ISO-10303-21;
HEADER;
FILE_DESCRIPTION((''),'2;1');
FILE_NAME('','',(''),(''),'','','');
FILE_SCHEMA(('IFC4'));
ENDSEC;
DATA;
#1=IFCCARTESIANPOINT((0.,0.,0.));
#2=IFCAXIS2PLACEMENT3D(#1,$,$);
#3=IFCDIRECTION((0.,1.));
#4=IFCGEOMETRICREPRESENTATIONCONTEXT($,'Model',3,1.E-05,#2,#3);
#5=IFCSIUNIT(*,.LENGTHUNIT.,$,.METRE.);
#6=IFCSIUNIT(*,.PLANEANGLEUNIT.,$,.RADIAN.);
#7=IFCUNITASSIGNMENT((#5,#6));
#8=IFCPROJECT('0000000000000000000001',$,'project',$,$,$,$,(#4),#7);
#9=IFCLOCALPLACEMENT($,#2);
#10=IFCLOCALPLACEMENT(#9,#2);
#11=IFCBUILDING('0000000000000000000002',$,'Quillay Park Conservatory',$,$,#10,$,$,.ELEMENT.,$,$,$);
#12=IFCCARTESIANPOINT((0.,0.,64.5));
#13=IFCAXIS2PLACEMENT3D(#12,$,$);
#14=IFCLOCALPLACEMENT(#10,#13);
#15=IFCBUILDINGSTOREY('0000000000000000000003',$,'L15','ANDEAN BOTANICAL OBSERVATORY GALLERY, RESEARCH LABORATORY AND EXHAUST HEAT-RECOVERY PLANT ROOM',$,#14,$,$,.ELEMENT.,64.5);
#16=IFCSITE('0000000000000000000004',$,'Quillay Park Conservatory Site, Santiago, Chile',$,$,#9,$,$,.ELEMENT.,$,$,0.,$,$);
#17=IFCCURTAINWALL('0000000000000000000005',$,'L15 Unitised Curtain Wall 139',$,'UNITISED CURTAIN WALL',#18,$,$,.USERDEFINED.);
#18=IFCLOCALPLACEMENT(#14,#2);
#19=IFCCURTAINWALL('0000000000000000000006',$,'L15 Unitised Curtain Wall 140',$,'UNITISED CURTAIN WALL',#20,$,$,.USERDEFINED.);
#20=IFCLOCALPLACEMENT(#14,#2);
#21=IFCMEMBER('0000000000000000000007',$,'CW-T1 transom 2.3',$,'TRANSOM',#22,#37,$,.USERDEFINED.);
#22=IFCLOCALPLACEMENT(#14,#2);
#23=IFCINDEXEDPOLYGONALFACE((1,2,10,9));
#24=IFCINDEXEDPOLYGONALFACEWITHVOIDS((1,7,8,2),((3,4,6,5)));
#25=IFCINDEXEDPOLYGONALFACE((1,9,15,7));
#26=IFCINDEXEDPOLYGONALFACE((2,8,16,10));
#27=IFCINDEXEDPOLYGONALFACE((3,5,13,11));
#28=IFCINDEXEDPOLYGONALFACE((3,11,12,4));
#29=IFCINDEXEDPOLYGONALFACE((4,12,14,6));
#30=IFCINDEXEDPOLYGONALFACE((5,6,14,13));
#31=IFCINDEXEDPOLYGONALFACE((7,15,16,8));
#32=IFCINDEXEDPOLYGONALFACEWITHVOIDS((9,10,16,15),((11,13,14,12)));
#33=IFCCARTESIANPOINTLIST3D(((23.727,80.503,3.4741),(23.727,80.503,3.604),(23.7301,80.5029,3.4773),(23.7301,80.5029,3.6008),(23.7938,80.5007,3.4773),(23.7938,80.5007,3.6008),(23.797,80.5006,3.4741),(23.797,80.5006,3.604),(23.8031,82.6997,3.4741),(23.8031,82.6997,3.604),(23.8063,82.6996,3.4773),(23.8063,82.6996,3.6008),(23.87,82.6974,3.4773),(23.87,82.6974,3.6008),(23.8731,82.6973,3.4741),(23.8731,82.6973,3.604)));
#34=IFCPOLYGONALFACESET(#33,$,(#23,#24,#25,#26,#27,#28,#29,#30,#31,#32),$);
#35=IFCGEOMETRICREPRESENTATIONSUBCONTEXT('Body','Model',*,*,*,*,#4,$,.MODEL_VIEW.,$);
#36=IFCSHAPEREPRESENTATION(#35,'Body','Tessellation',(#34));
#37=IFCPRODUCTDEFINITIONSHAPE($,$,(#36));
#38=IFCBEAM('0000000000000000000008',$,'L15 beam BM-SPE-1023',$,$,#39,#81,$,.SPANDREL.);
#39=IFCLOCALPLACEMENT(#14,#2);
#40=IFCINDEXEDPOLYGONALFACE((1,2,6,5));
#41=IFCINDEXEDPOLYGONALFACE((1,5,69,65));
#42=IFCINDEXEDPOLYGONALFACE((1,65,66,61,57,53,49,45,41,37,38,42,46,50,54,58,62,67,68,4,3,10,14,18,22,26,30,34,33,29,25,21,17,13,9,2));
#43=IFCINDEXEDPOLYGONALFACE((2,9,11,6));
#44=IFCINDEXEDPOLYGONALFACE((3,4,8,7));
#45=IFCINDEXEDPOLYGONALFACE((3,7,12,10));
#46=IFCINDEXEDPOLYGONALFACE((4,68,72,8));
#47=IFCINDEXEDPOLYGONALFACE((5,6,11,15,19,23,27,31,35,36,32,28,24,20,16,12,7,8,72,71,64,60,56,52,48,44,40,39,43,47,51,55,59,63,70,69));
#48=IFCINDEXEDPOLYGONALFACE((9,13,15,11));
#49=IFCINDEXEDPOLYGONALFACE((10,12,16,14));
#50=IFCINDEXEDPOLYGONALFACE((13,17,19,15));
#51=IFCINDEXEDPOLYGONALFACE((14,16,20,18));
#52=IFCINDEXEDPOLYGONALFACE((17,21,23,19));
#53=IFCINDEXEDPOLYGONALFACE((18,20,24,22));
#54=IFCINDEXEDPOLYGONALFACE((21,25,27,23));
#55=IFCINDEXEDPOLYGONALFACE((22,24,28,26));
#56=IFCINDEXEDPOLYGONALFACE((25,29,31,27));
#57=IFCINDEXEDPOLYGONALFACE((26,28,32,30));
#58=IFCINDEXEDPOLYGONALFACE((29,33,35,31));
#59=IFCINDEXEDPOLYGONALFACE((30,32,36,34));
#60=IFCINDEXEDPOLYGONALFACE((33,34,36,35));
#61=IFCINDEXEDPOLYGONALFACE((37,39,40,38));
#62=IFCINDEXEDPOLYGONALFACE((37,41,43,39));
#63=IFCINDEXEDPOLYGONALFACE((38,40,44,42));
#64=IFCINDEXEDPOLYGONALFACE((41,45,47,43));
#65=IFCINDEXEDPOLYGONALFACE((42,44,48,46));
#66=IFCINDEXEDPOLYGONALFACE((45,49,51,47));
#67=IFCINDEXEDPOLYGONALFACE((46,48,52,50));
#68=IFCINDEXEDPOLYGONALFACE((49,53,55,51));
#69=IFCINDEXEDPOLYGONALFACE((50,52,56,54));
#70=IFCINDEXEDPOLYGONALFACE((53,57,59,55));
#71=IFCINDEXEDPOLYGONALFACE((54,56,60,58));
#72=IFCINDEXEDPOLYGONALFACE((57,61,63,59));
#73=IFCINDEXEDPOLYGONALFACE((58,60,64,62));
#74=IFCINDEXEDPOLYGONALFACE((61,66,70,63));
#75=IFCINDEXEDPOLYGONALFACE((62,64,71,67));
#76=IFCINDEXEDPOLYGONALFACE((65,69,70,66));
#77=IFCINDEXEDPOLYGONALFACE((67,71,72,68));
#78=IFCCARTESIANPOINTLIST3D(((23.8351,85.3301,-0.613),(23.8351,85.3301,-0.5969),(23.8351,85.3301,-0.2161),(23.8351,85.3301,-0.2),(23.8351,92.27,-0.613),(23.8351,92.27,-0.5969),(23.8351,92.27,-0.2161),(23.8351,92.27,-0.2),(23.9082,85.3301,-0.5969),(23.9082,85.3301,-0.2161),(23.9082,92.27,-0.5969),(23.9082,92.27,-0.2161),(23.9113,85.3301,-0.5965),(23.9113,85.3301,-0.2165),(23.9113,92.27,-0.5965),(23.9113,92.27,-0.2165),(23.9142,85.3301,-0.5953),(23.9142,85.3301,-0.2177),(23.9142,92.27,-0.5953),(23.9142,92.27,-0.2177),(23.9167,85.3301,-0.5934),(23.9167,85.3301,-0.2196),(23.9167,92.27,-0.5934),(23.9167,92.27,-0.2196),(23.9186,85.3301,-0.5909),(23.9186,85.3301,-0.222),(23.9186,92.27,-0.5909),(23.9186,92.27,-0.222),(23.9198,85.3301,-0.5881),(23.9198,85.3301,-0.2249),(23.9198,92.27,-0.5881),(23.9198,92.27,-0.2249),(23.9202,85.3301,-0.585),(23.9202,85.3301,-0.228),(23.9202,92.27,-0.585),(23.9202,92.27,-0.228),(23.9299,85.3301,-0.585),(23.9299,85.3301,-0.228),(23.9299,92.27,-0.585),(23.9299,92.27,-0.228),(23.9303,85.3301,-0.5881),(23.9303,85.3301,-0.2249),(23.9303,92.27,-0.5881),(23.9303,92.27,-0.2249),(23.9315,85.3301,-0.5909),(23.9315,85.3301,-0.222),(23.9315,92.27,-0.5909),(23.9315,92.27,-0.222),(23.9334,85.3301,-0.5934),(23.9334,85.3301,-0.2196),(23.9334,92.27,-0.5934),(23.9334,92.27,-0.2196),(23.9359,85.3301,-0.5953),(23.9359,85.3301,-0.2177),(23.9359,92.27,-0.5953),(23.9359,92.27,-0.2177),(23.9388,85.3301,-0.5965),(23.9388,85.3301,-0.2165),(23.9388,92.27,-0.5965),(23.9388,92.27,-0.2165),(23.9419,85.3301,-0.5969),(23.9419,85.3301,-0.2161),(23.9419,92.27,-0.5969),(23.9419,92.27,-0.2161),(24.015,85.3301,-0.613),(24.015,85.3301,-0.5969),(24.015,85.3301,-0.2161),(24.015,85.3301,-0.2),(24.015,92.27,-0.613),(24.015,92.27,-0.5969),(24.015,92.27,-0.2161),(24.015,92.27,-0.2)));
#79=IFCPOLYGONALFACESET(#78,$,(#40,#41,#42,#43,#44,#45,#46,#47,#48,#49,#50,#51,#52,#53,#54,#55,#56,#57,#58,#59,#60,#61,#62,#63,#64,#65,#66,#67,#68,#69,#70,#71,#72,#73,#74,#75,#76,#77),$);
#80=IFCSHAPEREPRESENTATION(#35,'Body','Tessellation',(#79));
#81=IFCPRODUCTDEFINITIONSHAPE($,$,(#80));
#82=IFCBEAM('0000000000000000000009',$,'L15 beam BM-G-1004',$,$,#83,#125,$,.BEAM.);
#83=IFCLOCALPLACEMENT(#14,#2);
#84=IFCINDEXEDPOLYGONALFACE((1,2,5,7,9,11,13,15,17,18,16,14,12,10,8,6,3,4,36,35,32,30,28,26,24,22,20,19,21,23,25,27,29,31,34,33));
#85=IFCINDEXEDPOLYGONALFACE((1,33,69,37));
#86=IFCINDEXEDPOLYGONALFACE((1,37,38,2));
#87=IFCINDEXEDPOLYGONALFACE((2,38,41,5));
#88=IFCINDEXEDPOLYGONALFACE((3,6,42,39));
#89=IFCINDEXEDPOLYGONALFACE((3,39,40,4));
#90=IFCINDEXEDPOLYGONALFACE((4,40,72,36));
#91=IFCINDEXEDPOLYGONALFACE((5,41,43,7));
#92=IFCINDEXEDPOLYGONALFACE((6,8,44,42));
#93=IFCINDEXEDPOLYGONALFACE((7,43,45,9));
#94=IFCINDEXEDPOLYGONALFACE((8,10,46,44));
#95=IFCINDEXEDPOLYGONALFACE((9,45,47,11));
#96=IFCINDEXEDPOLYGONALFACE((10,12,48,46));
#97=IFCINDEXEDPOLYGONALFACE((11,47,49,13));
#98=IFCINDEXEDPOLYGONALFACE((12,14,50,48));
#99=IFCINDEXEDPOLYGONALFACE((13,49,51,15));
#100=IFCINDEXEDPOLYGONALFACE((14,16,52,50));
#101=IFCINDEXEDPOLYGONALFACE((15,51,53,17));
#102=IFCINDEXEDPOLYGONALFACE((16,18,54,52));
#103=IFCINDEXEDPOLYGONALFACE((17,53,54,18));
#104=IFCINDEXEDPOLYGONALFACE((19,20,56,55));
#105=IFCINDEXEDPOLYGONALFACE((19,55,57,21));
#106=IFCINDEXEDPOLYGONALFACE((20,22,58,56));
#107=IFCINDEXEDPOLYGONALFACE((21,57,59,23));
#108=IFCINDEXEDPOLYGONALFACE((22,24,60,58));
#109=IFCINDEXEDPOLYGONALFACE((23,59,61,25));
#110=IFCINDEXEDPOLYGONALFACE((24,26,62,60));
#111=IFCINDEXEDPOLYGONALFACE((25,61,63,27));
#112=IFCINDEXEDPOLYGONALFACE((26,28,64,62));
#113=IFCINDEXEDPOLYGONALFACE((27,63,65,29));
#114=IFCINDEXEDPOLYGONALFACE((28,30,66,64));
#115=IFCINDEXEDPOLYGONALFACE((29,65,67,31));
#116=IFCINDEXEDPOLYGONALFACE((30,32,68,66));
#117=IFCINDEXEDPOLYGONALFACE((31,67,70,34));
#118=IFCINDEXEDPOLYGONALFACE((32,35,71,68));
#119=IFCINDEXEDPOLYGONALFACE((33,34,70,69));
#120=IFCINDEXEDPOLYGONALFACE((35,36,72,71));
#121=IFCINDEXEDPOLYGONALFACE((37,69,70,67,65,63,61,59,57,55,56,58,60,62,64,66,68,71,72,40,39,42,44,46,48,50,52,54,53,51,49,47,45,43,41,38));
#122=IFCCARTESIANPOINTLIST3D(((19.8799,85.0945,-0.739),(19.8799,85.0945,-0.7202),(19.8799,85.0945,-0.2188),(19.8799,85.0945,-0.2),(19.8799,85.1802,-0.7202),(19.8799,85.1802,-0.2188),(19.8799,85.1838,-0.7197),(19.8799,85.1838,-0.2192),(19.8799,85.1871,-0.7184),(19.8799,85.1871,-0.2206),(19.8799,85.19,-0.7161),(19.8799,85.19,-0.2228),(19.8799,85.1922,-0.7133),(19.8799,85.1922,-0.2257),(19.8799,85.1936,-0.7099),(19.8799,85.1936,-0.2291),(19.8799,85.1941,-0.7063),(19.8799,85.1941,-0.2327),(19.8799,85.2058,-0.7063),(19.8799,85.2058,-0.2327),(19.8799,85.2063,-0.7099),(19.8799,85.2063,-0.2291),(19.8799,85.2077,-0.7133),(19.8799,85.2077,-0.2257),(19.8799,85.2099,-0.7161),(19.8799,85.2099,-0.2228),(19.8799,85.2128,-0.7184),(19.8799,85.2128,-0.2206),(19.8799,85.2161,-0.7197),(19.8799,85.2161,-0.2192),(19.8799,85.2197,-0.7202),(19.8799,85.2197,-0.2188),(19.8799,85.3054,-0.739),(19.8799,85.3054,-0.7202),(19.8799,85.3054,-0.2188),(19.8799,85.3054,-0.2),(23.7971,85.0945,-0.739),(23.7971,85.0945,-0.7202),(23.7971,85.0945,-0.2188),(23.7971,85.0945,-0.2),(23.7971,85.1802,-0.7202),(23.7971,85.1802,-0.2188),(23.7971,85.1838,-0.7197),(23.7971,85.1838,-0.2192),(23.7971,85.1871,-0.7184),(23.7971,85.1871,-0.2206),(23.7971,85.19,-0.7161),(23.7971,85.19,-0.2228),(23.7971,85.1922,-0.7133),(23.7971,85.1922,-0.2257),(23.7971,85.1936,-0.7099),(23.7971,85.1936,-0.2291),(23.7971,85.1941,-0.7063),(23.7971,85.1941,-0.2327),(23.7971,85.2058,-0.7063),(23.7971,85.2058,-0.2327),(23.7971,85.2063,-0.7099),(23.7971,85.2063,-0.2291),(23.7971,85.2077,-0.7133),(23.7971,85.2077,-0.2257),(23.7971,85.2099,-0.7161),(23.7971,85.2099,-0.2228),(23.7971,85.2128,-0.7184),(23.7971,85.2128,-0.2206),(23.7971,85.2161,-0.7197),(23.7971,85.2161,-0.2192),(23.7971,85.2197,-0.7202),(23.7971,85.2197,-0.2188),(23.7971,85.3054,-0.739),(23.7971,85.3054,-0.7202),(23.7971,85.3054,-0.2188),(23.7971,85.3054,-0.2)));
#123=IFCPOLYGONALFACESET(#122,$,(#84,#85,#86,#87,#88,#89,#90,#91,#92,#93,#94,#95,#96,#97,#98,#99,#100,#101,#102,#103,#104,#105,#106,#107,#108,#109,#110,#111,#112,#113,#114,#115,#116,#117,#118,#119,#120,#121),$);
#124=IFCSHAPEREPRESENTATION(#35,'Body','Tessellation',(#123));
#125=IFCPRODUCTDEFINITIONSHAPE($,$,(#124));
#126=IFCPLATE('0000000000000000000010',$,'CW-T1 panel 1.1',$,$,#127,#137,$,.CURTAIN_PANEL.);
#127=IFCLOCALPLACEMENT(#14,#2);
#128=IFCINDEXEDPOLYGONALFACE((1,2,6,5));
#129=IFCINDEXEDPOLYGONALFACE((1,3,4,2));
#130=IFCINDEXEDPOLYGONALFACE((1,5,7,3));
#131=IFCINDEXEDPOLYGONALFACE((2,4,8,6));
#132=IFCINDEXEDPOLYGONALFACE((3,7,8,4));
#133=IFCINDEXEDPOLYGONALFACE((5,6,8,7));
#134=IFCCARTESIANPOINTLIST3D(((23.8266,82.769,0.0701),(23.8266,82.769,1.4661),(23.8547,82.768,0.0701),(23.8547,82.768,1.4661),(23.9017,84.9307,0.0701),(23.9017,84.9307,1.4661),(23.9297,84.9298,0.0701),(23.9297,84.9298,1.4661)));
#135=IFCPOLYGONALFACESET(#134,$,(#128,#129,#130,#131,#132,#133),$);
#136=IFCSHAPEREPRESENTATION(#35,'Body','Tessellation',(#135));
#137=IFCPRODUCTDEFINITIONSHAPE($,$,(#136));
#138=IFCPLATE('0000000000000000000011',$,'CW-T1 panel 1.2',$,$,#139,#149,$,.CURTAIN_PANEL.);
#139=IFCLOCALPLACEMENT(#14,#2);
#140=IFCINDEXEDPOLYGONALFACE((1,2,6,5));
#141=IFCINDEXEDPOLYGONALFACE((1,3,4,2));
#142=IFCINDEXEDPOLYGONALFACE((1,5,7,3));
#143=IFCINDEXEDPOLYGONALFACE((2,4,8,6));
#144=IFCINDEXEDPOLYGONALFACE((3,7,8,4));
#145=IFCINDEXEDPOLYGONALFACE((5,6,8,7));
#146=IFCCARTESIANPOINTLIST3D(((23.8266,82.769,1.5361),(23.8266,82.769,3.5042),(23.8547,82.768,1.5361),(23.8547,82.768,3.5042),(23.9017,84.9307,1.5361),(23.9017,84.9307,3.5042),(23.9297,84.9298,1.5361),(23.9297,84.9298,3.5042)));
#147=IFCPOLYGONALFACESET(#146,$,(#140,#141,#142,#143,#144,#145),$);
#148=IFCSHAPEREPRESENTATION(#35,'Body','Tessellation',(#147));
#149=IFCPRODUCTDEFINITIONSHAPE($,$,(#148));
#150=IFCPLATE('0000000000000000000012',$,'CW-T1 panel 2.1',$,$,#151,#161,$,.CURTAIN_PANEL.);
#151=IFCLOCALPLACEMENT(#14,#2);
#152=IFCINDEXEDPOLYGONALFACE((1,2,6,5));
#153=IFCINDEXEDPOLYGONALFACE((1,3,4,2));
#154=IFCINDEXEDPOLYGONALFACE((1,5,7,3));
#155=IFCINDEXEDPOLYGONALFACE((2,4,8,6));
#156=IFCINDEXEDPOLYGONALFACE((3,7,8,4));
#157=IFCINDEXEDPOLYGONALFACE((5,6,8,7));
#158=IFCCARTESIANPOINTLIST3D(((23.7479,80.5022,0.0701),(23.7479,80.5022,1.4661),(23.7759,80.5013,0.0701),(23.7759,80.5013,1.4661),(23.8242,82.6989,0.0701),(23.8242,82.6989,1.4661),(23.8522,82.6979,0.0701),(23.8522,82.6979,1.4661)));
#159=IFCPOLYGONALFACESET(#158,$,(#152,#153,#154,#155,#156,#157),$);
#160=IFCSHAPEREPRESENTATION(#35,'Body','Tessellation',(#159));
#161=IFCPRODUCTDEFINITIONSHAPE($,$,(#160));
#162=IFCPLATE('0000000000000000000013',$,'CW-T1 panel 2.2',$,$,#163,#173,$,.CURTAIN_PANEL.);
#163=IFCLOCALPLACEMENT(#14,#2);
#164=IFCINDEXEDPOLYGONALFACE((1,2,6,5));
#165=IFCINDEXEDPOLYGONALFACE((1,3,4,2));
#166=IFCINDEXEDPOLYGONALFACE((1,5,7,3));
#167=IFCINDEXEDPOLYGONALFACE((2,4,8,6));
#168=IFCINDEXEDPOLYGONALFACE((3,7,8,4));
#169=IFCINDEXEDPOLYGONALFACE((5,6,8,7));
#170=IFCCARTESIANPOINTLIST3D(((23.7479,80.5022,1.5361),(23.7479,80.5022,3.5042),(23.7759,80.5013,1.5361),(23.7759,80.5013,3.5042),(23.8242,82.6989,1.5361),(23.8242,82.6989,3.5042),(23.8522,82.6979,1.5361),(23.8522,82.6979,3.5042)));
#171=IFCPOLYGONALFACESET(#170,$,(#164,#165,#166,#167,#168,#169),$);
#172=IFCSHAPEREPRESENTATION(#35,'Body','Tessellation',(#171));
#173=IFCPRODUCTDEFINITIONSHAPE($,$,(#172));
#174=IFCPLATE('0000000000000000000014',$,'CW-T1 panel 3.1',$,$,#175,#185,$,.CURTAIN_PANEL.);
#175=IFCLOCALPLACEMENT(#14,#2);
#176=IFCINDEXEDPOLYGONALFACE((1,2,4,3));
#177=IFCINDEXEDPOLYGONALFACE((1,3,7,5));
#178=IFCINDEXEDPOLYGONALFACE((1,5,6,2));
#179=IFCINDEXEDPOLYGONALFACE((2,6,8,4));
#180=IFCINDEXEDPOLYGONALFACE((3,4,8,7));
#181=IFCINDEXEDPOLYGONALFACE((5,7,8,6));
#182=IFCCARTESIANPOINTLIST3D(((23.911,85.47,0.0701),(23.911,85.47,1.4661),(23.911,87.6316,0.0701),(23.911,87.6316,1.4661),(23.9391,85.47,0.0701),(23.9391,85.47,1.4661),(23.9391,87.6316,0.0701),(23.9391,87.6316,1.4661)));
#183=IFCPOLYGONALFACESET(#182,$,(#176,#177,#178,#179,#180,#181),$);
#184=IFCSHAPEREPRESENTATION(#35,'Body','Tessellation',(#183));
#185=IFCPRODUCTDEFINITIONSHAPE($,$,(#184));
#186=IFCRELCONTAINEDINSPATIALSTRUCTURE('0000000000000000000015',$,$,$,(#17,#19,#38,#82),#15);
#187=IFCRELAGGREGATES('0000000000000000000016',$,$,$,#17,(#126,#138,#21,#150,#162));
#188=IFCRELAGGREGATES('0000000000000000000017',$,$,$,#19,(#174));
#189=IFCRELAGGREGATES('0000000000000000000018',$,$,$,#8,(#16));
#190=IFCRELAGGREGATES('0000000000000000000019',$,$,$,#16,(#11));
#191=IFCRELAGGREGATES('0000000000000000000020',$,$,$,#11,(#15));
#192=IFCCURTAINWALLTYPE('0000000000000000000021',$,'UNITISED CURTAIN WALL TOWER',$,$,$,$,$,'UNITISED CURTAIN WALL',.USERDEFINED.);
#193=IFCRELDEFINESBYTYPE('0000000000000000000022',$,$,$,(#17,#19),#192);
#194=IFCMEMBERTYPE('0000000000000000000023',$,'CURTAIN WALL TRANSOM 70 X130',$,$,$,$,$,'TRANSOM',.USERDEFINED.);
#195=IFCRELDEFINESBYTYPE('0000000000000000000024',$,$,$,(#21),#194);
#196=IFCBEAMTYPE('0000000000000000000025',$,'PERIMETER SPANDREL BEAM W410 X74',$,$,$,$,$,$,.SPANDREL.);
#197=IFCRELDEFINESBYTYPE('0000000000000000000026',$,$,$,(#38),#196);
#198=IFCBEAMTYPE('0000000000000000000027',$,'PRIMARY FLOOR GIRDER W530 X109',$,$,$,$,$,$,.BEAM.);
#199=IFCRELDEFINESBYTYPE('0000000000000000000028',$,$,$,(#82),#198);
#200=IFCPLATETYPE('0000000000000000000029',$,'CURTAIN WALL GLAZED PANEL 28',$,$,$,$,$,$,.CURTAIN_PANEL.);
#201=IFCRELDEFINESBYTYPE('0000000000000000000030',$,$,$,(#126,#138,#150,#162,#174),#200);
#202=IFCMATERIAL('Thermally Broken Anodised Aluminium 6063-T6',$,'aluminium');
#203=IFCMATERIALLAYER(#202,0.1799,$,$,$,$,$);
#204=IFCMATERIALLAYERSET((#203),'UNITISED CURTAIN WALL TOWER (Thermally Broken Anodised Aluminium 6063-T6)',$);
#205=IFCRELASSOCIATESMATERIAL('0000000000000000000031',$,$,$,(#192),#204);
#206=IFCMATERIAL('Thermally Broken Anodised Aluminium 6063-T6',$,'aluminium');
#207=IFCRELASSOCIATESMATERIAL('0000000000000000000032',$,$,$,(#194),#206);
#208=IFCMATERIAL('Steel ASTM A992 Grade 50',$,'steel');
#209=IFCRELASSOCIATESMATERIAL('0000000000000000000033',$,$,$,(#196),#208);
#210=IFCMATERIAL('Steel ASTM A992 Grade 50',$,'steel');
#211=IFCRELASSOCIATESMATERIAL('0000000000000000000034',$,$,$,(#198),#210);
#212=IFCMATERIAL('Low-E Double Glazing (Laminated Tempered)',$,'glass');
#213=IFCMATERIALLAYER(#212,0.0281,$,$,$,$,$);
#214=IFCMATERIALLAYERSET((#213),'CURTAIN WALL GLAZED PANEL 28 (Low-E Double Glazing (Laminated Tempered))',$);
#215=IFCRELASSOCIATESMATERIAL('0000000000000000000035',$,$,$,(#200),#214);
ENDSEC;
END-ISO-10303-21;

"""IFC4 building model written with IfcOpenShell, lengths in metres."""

from ifc_helpers import new_model, si_unit, direction, frame, origin, origin_2d, place, context, subcontext, project, spatial, rectangle, hollow_rectangle, i_section, extrude, material, layer, layer_set, material_profile, profile_set, type_object, element, aggregate, save


model = new_model("IFC4")

# Units and contexts
model_context = context("Model", 3, precision=1e-05, world=origin(), true_north=direction((0.0, 1.0)))
body_context = subcontext(model_context, "Body", "Model", "MODEL_VIEW")
ifc_project = project(units=[si_unit("LENGTHUNIT", "METRE"), si_unit("PLANEANGLEUNIT", "RADIAN")], contexts=[model_context])

# Site, building, storey
site_placement = place(None, origin())
site = spatial("IfcSite", under=ifc_project, at=site_placement, Name="Quillay Park Conservatory Site, Santiago, Chile", CompositionType="ELEMENT", RefElevation=0.0)
building_placement = place(site_placement, origin())
building = spatial("IfcBuilding", under=site, at=building_placement, Name="Quillay Park Conservatory", CompositionType="ELEMENT")
storey_placement = place(building_placement, frame((0.0, 0.0, 64.5)))
storey = spatial("IfcBuildingStorey", under=building, at=storey_placement, Name="L15", Description="ANDEAN BOTANICAL OBSERVATORY GALLERY, RESEARCH LABORATORY AND EXHAUST HEAT-RECOVERY PLANT ROOM", CompositionType="ELEMENT", Elevation=64.5)

# Curtain wall
ifc_material_1 = material(Name="Thermally Broken Anodised Aluminium 6063-T6", Category="aluminium")
ifc_layer_1 = layer(ifc_material_1, 0.1799)
ifc_layer_set_1 = layer_set([ifc_layer_1], Name="UNITISED CURTAIN WALL TOWER (Thermally Broken Anodised Aluminium 6063-T6)")
curtain_wall_type = type_object("IfcCurtainWallType", Name="UNITISED CURTAIN WALL TOWER", ElementType="UNITISED CURTAIN WALL", PredefinedType="USERDEFINED", material=ifc_layer_set_1)
curtain_wall_1_placement = place(storey_placement, origin())
curtain_wall_1 = element("IfcCurtainWall", 1, at=curtain_wall_1_placement, inside=storey, type_object=curtain_wall_type, Name="L15 Unitised Curtain Wall 139", ObjectType="UNITISED CURTAIN WALL", PredefinedType="USERDEFINED")

# Curtain wall
curtain_wall_2_placement = place(storey_placement, origin())
curtain_wall_2 = element("IfcCurtainWall", 2, at=curtain_wall_2_placement, inside=storey, type_object=curtain_wall_type, Name="L15 Unitised Curtain Wall 140", ObjectType="UNITISED CURTAIN WALL", PredefinedType="USERDEFINED")

# Member
ifc_material_2 = material(Name="Thermally Broken Anodised Aluminium 6063-T6", Category="aluminium")
ifc_material_profile_1 = material_profile(ifc_material_2, hollow_rectangle(XDim=0.0701, YDim=0.1299, WallThickness=0.0032, at=origin_2d()), Name="AL70x130x3.2")
ifc_profile_set_1 = profile_set([ifc_material_profile_1], Name="Thermally Broken Anodised Aluminium 6063-T6")
member_type_1 = type_object("IfcMemberType", Name="CURTAIN WALL TRANSOM 70 X130", ElementType="TRANSOM", PredefinedType="USERDEFINED", material=ifc_profile_set_1)
member_1_placement = place(storey_placement, frame((23.8381, 82.6985, 3.5391), z_axis=(-0.034654, -0.999399, 0.0), x_axis=(0.999399, -0.034654, 0.0)))
member_1 = element("IfcMember", 3, at=member_1_placement, type_object=member_type_1, Name="CW-T1 transom 2.3", ObjectType="TRANSOM", PredefinedType="USERDEFINED", context=body_context, shape_type="SweptSolid", body=[
    extrude(hollow_rectangle(XDim=0.0701, YDim=0.1299, WallThickness=0.0032, at=origin_2d()), origin(), (0.0, 0.0, 1.0), 2.198),
])

# Beams
ifc_material_3 = material(Name="Steel ASTM A992 Grade 50", Category="steel")
ifc_material_profile_2 = material_profile(ifc_material_3, i_section(OverallWidth=0.1799, OverallDepth=0.4131, WebThickness=0.0098, FlangeThickness=0.0161, FilletRadius=0.012, at=origin_2d()), Name="W410x74")
ifc_profile_set_2 = profile_set([ifc_material_profile_2], Name="Steel ASTM A992 Grade 50")
beam_type_1 = type_object("IfcBeamType", Name="PERIMETER SPANDREL BEAM W410 X74", PredefinedType="SPANDREL", material=ifc_profile_set_2)
beam_1_placement = place(storey_placement, frame((23.925, 85.3301, -0.4065), z_axis=(0.0, 1.0, 0.0), x_axis=(-1.0, 0.0, 0.0)))
element("IfcBeam", 4, at=beam_1_placement, inside=storey, type_object=beam_type_1, Name="L15 beam BM-SPE-1023", PredefinedType="SPANDREL", context=body_context, shape_type="SweptSolid", body=[
    extrude(i_section(OverallWidth=0.1799, OverallDepth=0.4131, WebThickness=0.0098, FlangeThickness=0.0161, FilletRadius=0.012, at=origin_2d()), origin(), (0.0, 0.0, 1.0), 6.9399),
])
ifc_material_4 = material(Name="Steel ASTM A992 Grade 50", Category="steel")
ifc_material_profile_3 = material_profile(ifc_material_4, i_section(OverallWidth=0.2109, OverallDepth=0.5391, WebThickness=0.0117, FlangeThickness=0.0188, FilletRadius=0.0139, at=origin_2d()), Name="W530x109")
ifc_profile_set_3 = profile_set([ifc_material_profile_3], Name="Steel ASTM A992 Grade 50")
beam_type_2 = type_object("IfcBeamType", Name="PRIMARY FLOOR GIRDER W530 X109", PredefinedType="BEAM", material=ifc_profile_set_3)
beam_2_placement = place(storey_placement, frame((19.8799, 85.2, -0.4695), z_axis=(1.0, 0.0, 0.0), x_axis=(0.0, 1.0, 0.0)))
element("IfcBeam", 5, at=beam_2_placement, inside=storey, type_object=beam_type_2, Name="L15 beam BM-G-1004", PredefinedType="BEAM", context=body_context, shape_type="SweptSolid", body=[
    extrude(i_section(OverallWidth=0.2109, OverallDepth=0.5391, WebThickness=0.0117, FlangeThickness=0.0188, FilletRadius=0.0139, at=origin_2d()), origin(), (0.0, 0.0, 1.0), 3.9172),
])

# Plates
ifc_material_5 = material(Name="Low-E Double Glazing (Laminated Tempered)", Category="glass")
ifc_layer_2 = layer(ifc_material_5, 0.0281)
ifc_layer_set_2 = layer_set([ifc_layer_2], Name="CURTAIN WALL GLAZED PANEL 28 (Low-E Double Glazing (Laminated Tempered))")
plate_type = type_object("IfcPlateType", Name="CURTAIN WALL GLAZED PANEL 28", PredefinedType="CURTAIN_PANEL", material=ifc_layer_set_2)
plate_1_placement = place(storey_placement, frame((23.8782, 83.8494, 0.0701), z_axis=(0.0, 0.0, 1.0), x_axis=(-0.034713, -0.999397, 0.0)))
plate_1 = element("IfcPlate", 6, at=plate_1_placement, type_object=plate_type, Name="CW-T1 panel 1.1", PredefinedType="CURTAIN_PANEL", context=body_context, shape_type="SweptSolid", body=[
    extrude(rectangle(XDim=2.1631, YDim=0.0281, at=origin_2d()), origin(), (0.0, 0.0, 1.0), 1.396),
])
plate_2_placement = place(storey_placement, frame((23.8782, 83.8494, 1.5361), z_axis=(0.0, 0.0, 1.0), x_axis=(-0.034713, -0.999397, 0.0)))
plate_2 = element("IfcPlate", 7, at=plate_2_placement, type_object=plate_type, Name="CW-T1 panel 1.2", PredefinedType="CURTAIN_PANEL", context=body_context, shape_type="SweptSolid", body=[
    extrude(rectangle(XDim=2.1631, YDim=0.0281, at=origin_2d()), origin(), (0.0, 0.0, 1.0), 1.968),
])
plate_3_placement = place(storey_placement, frame((23.8, 81.6001, 0.0701), z_axis=(0.0, 0.0, 1.0), x_axis=(-0.034713, -0.999397, 0.0)))
plate_3 = element("IfcPlate", 8, at=plate_3_placement, type_object=plate_type, Name="CW-T1 panel 2.1", PredefinedType="CURTAIN_PANEL", context=body_context, shape_type="SweptSolid", body=[
    extrude(rectangle(XDim=2.198, YDim=0.0281, at=origin_2d()), origin(), (0.0, 0.0, 1.0), 1.396),
])
plate_4_placement = place(storey_placement, frame((23.8, 81.6001, 1.5361), z_axis=(0.0, 0.0, 1.0), x_axis=(-0.034713, -0.999397, 0.0)))
plate_4 = element("IfcPlate", 9, at=plate_4_placement, type_object=plate_type, Name="CW-T1 panel 2.2", PredefinedType="CURTAIN_PANEL", context=body_context, shape_type="SweptSolid", body=[
    extrude(rectangle(XDim=2.198, YDim=0.0281, at=origin_2d()), origin(), (0.0, 0.0, 1.0), 1.968),
])
aggregate(curtain_wall_1, [plate_1, plate_2, member_1, plate_3, plate_4])
plate_5_placement = place(storey_placement, frame((23.925, 86.5508, 0.0701), z_axis=(0.0, 0.0, 1.0), x_axis=(0.0, -1.0, 0.0)))
plate_5 = element("IfcPlate", 10, at=plate_5_placement, type_object=plate_type, Name="CW-T1 panel 3.1", PredefinedType="CURTAIN_PANEL", context=body_context, shape_type="SweptSolid", body=[
    extrude(rectangle(XDim=2.1616, YDim=0.0281, at=origin_2d()), origin(), (0.0, 0.0, 1.0), 1.396),
])
aggregate(curtain_wall_2, [plate_5])

save(model, "model.ifc")
